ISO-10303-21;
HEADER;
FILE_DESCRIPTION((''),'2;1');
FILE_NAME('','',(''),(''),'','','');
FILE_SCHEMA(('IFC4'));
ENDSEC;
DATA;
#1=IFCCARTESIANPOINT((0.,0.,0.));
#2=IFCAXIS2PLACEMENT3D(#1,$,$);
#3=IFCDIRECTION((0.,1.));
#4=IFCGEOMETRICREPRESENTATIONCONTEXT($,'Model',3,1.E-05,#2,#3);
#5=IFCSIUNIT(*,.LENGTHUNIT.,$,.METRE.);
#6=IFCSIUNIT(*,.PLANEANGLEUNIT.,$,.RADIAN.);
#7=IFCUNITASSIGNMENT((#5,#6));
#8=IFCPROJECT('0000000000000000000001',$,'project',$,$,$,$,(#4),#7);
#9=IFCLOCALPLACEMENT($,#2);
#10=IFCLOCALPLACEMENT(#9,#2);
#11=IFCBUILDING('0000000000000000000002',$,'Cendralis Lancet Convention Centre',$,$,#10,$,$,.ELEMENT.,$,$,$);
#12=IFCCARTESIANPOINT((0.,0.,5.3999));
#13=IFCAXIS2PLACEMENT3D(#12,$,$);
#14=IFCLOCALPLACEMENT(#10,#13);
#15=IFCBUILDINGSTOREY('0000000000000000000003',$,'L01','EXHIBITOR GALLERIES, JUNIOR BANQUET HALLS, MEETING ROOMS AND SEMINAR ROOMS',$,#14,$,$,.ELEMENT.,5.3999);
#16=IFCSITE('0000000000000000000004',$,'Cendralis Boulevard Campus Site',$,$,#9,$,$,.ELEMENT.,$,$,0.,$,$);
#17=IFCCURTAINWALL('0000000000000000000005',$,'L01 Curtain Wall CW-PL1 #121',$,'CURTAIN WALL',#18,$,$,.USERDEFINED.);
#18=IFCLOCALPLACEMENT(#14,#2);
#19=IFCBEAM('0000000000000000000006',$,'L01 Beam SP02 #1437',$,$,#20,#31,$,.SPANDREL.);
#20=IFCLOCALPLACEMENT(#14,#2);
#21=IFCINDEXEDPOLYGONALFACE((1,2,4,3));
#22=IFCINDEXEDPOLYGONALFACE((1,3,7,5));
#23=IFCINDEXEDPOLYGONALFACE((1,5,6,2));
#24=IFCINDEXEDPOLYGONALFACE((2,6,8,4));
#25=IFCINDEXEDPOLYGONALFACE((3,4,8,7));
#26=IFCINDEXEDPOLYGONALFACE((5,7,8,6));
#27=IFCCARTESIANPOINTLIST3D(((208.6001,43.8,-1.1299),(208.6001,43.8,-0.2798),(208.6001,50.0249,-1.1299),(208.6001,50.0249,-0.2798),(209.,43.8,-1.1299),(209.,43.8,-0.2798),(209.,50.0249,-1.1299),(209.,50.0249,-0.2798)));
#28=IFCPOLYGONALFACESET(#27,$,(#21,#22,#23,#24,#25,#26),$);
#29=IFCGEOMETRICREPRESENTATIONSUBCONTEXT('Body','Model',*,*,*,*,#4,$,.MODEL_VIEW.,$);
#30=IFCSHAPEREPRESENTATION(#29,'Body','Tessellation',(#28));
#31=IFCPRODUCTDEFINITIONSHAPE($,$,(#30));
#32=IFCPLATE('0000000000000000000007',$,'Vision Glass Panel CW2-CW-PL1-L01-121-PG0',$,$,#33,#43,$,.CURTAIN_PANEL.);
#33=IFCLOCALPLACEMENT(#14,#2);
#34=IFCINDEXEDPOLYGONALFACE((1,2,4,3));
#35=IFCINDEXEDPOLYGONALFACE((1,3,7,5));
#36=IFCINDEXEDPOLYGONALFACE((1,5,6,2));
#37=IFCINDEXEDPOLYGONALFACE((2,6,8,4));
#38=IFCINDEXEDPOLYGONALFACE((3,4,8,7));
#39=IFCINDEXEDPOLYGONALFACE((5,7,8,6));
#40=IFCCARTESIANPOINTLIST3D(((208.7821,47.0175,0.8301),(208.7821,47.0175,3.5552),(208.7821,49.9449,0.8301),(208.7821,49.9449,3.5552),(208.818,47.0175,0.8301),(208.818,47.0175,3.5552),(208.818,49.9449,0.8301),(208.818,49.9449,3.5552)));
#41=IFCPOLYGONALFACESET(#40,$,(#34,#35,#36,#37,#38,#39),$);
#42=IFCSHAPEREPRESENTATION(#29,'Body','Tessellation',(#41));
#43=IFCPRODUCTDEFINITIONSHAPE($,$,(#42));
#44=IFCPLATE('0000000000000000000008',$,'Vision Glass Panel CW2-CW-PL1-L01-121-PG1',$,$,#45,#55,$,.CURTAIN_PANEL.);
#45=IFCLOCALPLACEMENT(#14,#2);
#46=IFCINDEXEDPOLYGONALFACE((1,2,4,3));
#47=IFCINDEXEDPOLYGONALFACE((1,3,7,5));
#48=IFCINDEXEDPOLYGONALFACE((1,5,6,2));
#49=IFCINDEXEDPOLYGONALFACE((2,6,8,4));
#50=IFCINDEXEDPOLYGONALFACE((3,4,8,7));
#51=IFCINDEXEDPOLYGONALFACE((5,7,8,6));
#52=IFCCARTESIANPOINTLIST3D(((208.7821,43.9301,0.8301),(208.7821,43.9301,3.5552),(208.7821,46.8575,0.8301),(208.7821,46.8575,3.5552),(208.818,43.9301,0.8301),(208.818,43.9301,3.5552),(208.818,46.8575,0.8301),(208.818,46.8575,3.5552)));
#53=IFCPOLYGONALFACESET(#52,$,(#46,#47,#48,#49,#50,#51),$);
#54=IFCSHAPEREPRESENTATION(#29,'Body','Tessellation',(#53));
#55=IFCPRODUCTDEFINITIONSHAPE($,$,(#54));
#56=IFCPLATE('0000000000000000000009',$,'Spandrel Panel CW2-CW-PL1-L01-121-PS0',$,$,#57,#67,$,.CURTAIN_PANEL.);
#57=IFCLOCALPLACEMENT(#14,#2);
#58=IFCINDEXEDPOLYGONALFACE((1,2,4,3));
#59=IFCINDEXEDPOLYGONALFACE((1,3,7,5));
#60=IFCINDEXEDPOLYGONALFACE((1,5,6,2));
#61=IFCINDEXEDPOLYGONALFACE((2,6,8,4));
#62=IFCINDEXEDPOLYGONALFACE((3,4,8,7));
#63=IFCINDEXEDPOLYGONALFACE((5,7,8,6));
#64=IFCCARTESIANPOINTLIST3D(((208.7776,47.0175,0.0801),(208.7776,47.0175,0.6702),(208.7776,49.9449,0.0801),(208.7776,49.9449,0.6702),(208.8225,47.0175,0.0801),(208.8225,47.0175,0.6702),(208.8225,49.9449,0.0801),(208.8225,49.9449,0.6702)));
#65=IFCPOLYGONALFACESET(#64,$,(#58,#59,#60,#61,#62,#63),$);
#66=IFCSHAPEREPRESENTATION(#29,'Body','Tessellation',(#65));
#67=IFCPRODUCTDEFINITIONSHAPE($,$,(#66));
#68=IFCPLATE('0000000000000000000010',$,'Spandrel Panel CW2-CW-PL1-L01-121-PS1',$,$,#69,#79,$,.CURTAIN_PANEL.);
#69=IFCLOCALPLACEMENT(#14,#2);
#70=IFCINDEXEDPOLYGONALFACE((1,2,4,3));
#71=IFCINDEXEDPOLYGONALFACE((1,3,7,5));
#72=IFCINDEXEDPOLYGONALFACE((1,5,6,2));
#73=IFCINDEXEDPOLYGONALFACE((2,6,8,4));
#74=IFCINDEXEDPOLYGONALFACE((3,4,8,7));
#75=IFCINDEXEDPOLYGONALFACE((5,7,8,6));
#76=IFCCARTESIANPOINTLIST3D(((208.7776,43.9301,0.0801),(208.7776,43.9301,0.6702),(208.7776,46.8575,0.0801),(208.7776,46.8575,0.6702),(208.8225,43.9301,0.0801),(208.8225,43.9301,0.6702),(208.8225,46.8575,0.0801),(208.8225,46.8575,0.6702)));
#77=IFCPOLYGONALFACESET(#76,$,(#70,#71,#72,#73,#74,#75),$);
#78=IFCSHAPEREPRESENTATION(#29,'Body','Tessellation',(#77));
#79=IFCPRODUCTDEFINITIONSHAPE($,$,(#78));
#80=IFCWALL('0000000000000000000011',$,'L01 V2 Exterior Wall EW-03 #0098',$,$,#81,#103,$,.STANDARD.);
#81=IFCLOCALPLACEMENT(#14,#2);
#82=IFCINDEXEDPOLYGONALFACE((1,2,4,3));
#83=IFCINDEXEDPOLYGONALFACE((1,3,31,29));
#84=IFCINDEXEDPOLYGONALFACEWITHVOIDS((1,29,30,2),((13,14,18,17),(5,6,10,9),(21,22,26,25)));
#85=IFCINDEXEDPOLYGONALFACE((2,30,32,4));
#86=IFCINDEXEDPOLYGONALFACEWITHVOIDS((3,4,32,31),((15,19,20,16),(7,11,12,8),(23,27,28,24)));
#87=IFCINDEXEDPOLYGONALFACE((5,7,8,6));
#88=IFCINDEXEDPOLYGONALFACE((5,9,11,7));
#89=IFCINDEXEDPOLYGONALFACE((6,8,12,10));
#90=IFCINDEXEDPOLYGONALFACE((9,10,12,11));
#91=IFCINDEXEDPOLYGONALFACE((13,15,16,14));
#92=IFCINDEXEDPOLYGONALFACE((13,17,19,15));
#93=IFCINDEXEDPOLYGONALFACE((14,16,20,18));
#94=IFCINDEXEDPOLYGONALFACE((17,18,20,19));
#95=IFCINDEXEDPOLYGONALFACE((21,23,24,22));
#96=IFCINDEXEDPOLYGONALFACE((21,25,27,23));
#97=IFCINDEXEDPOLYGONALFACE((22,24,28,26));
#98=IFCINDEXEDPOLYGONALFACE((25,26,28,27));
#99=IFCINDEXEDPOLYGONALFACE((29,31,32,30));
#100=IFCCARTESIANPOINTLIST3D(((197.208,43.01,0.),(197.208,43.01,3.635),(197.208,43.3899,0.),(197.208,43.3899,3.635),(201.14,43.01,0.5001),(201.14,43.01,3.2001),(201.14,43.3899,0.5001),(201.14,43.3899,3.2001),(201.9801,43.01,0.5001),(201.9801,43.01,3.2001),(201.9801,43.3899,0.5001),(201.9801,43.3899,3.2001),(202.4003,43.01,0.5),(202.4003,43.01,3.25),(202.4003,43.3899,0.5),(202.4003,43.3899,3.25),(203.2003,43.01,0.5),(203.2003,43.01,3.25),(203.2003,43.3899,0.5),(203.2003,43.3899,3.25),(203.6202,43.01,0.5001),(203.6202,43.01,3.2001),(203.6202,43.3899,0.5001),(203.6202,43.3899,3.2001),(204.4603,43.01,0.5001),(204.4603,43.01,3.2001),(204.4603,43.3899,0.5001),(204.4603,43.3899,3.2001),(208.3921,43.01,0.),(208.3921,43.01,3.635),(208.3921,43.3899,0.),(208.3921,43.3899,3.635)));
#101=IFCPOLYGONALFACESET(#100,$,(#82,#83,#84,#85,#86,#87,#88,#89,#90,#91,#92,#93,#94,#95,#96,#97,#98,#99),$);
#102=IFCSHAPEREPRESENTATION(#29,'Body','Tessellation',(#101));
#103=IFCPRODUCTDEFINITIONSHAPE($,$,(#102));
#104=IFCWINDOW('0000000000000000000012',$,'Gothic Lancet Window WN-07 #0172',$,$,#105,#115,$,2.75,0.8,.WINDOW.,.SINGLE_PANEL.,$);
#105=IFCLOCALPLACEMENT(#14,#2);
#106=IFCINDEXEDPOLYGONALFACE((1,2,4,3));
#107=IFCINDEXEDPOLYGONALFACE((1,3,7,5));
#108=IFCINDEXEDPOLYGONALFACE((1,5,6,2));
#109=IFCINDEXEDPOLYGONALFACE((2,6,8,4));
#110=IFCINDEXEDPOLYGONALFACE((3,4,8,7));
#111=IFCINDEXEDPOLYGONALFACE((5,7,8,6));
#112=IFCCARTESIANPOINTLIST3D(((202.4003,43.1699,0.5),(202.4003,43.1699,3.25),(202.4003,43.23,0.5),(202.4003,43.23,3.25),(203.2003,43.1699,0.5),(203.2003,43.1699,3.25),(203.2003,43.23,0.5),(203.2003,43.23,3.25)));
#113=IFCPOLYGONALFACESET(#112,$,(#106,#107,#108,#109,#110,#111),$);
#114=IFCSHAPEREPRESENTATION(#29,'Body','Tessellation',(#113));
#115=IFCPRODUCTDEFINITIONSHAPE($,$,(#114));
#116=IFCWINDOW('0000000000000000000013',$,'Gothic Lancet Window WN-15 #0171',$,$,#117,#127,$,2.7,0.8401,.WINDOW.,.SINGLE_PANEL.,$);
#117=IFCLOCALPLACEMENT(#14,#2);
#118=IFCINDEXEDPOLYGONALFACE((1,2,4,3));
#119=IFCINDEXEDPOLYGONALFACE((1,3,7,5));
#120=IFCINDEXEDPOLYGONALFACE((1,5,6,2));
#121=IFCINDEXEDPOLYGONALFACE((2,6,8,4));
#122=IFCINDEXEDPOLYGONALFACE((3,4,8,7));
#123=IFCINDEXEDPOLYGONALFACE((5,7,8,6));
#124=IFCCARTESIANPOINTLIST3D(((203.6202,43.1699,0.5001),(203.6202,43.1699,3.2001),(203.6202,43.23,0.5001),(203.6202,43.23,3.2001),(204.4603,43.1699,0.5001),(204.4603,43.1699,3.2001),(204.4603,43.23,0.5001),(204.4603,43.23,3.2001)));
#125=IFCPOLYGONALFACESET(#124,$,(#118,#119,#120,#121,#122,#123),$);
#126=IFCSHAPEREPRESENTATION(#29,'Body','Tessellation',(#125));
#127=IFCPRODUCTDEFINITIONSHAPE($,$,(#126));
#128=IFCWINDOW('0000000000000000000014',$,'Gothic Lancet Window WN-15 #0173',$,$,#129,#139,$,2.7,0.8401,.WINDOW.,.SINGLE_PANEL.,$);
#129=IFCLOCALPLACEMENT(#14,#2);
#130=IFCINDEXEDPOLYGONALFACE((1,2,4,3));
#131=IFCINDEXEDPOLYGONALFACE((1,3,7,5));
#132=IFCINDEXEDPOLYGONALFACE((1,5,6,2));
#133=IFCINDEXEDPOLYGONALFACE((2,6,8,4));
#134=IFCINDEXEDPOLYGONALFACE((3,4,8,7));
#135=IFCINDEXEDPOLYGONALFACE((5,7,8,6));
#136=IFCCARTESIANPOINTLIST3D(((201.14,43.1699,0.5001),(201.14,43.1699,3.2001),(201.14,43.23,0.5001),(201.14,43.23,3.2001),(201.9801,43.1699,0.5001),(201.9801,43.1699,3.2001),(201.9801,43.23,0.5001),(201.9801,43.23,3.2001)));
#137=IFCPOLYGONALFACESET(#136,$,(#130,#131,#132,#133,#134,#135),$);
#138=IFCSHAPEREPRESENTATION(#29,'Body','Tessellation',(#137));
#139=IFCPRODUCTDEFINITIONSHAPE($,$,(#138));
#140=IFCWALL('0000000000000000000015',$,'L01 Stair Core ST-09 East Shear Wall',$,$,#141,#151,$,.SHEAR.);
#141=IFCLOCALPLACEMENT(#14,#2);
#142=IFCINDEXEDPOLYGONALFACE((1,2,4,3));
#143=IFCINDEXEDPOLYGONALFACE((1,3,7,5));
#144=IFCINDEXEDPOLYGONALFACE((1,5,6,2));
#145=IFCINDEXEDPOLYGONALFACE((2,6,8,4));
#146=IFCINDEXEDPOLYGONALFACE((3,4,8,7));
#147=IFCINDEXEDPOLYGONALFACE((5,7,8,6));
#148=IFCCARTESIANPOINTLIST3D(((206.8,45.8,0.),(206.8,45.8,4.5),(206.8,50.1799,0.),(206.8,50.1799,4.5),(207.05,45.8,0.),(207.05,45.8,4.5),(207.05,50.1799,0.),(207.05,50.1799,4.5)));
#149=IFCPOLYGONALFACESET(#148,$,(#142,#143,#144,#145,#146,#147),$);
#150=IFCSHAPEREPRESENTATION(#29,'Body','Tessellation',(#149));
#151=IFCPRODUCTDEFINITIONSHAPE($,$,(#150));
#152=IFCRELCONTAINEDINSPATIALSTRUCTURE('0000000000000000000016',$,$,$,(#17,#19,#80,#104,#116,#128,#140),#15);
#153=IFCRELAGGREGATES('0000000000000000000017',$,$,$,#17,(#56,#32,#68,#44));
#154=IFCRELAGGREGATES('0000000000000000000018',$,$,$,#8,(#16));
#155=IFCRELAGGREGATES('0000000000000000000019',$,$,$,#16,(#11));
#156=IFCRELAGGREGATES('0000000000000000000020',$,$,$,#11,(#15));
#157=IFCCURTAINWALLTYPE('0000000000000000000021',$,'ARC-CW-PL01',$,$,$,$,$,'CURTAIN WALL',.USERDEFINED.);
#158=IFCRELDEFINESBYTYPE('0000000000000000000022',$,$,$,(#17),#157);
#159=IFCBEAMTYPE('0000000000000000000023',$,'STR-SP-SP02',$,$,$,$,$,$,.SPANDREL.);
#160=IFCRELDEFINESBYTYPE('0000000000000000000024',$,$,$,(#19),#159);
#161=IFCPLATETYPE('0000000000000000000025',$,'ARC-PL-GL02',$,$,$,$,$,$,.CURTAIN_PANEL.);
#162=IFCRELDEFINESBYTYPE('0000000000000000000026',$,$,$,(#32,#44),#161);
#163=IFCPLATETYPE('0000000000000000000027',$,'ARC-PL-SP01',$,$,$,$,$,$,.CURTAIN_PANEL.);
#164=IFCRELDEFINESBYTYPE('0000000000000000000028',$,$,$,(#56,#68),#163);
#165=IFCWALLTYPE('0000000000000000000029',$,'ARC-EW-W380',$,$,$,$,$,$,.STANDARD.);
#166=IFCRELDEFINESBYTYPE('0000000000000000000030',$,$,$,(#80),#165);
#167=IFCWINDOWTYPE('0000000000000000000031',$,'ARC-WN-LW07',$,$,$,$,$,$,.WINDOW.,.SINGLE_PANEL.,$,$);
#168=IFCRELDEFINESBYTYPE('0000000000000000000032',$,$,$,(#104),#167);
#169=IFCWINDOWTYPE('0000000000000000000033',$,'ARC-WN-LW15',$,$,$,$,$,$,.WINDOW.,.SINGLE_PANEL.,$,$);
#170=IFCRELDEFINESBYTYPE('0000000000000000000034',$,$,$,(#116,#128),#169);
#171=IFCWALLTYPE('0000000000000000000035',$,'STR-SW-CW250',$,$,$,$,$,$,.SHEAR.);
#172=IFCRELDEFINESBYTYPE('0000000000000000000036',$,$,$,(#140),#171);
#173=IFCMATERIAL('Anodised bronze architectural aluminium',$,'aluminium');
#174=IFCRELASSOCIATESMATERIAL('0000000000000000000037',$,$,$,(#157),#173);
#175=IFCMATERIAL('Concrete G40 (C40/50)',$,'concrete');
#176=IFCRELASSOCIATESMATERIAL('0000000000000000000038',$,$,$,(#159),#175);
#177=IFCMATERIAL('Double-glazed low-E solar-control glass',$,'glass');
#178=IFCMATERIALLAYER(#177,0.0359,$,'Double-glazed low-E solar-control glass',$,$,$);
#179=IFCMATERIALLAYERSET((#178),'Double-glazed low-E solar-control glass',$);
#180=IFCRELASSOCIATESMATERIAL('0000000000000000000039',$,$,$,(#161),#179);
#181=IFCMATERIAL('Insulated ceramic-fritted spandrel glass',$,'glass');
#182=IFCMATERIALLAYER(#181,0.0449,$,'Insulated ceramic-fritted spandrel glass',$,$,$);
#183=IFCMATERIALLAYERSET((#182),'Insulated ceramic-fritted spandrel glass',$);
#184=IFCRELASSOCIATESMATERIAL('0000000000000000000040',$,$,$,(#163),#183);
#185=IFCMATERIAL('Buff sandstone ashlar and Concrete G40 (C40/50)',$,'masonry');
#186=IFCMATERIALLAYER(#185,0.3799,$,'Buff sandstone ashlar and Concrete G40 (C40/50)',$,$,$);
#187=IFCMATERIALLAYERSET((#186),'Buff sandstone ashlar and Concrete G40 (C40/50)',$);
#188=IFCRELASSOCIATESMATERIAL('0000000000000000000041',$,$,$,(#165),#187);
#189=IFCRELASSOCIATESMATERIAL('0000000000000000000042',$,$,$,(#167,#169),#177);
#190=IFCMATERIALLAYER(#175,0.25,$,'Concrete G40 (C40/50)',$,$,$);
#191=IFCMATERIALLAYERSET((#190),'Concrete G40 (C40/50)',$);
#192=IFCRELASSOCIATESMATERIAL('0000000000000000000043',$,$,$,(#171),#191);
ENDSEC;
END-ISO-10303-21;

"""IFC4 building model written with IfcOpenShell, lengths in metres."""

from ifc_helpers import new_model, si_unit, direction, frame, frame_2d, origin, origin_2d, place, context, subcontext, project, spatial, rectangle, extrude, material, layer, layer_set, material_profile, profile_set, type_object, element, fill, aggregate, save


model = new_model("IFC4")

# Units and contexts
model_context = context("Model", 3, precision=1e-05, world=origin(), true_north=direction((0.0, 1.0)))
body_context = subcontext(model_context, "Body", "Model", "MODEL_VIEW")
ifc_project = project(units=[si_unit("LENGTHUNIT", "METRE"), si_unit("PLANEANGLEUNIT", "RADIAN")], contexts=[model_context])

# Site, building, storey
site_placement = place(None, origin())
site = spatial("IfcSite", under=ifc_project, at=site_placement, Name="Cendralis Boulevard Campus Site", CompositionType="ELEMENT", RefElevation=0.0)
building_placement = place(site_placement, origin())
building = spatial("IfcBuilding", under=site, at=building_placement, Name="Cendralis Lancet Convention Centre", CompositionType="ELEMENT")
storey_placement = place(building_placement, frame((0.0, 0.0, 5.3999)))
storey = spatial("IfcBuildingStorey", under=building, at=storey_placement, Name="L01", Description="EXHIBITOR GALLERIES, JUNIOR BANQUET HALLS, MEETING ROOMS AND SEMINAR ROOMS", CompositionType="ELEMENT", Elevation=5.3999)

# Shared definitions
ifc_material_1 = material(Name="Concrete G40 (C40/50)", Category="concrete")

# Curtain wall
ifc_material_2 = material(Name="Anodised bronze architectural aluminium", Category="aluminium")
curtain_wall_type = type_object("IfcCurtainWallType", Name="ARC-CW-PL01", ElementType="CURTAIN WALL", PredefinedType="USERDEFINED", material=ifc_material_2)
curtain_wall_placement = place(storey_placement, origin())
curtain_wall = element("IfcCurtainWall", 1, at=curtain_wall_placement, inside=storey, type_object=curtain_wall_type, Name="L01 Curtain Wall CW-PL1 #121", ObjectType="CURTAIN WALL", PredefinedType="USERDEFINED")

# Beam
ifc_material_profile_1 = material_profile(ifc_material_1, rectangle(XDim=0.3999, YDim=0.8501, at=origin_2d()), Name="RCB 400x850")
ifc_profile_set_1 = profile_set([ifc_material_profile_1], Name="Concrete G40 (C40/50)")
beam_type = type_object("IfcBeamType", Name="STR-SP-SP02", PredefinedType="SPANDREL", material=ifc_profile_set_1)
beam_placement = place(storey_placement, frame((208.8, 43.8, -0.7048), z_axis=(0.0, 1.0, 0.0), x_axis=(-1.0, 0.0, 0.0)))
element("IfcBeam", 2, at=beam_placement, inside=storey, type_object=beam_type, Name="L01 Beam SP02 #1437", PredefinedType="SPANDREL", context=body_context, shape_type="SweptSolid", body=[
    extrude(rectangle(XDim=0.3999, YDim=0.8501, at=origin_2d()), origin(), (0.0, 0.0, 1.0), 6.2249),
])

# Plates
ifc_material_3 = material(Name="Double-glazed low-E solar-control glass", Category="glass")
ifc_layer_1 = layer(ifc_material_3, 0.0359, Name="Double-glazed low-E solar-control glass")
ifc_layer_set_1 = layer_set([ifc_layer_1], Name="Double-glazed low-E solar-control glass")
plate_type_1 = type_object("IfcPlateType", Name="ARC-PL-GL02", PredefinedType="CURTAIN_PANEL", material=ifc_layer_set_1)
plate_1_placement = place(storey_placement, frame((208.8, 48.4812, 0.8301), z_axis=(0.0, 0.0, 1.0), x_axis=(0.0, -1.0, 0.0)))
plate_1 = element("IfcPlate", 3, at=plate_1_placement, type_object=plate_type_1, Name="Vision Glass Panel CW2-CW-PL1-L01-121-PG0", PredefinedType="CURTAIN_PANEL", context=body_context, shape_type="SweptSolid", body=[
    extrude(rectangle(XDim=2.9275, YDim=0.0359, at=origin_2d()), origin(), (0.0, 0.0, 1.0), 2.7251),
])
plate_2_placement = place(storey_placement, frame((208.8, 45.3938, 0.8301), z_axis=(0.0, 0.0, 1.0), x_axis=(0.0, -1.0, 0.0)))
plate_2 = element("IfcPlate", 4, at=plate_2_placement, type_object=plate_type_1, Name="Vision Glass Panel CW2-CW-PL1-L01-121-PG1", PredefinedType="CURTAIN_PANEL", context=body_context, shape_type="SweptSolid", body=[
    extrude(rectangle(XDim=2.9275, YDim=0.0359, at=origin_2d()), origin(), (0.0, 0.0, 1.0), 2.7251),
])
ifc_material_4 = material(Name="Insulated ceramic-fritted spandrel glass", Category="glass")
ifc_layer_2 = layer(ifc_material_4, 0.0449, Name="Insulated ceramic-fritted spandrel glass")
ifc_layer_set_2 = layer_set([ifc_layer_2], Name="Insulated ceramic-fritted spandrel glass")
plate_type_2 = type_object("IfcPlateType", Name="ARC-PL-SP01", PredefinedType="CURTAIN_PANEL", material=ifc_layer_set_2)
plate_3_placement = place(storey_placement, frame((208.8, 48.4812, 0.0801), z_axis=(0.0, 0.0, 1.0), x_axis=(0.0, -1.0, 0.0)))
plate_3 = element("IfcPlate", 5, at=plate_3_placement, type_object=plate_type_2, Name="Spandrel Panel CW2-CW-PL1-L01-121-PS0", PredefinedType="CURTAIN_PANEL", context=body_context, shape_type="SweptSolid", body=[
    extrude(rectangle(XDim=2.9275, YDim=0.0449, at=origin_2d()), origin(), (0.0, 0.0, 1.0), 0.5901),
])
plate_4_placement = place(storey_placement, frame((208.8, 45.3938, 0.0801), z_axis=(0.0, 0.0, 1.0), x_axis=(0.0, -1.0, 0.0)))
plate_4 = element("IfcPlate", 6, at=plate_4_placement, type_object=plate_type_2, Name="Spandrel Panel CW2-CW-PL1-L01-121-PS1", PredefinedType="CURTAIN_PANEL", context=body_context, shape_type="SweptSolid", body=[
    extrude(rectangle(XDim=2.9275, YDim=0.0449, at=origin_2d()), origin(), (0.0, 0.0, 1.0), 0.5901),
])
aggregate(curtain_wall, [plate_3, plate_1, plate_4, plate_2])

# Wall, openings, windows
ifc_material_5 = material(Name="Buff sandstone ashlar and Concrete G40 (C40/50)", Category="masonry")
ifc_layer_3 = layer(ifc_material_5, 0.3799, Name="Buff sandstone ashlar and Concrete G40 (C40/50)")
ifc_layer_set_3 = layer_set([ifc_layer_3], Name="Buff sandstone ashlar and Concrete G40 (C40/50)")
wall_type_1 = type_object("IfcWallType", Name="ARC-EW-W380", PredefinedType="STANDARD", material=ifc_layer_set_3)
wall_1_placement = place(storey_placement, frame((208.3921, 43.2, 0.0), z_axis=(0.0, 0.0, 1.0), x_axis=(-1.0, 0.0, 0.0)))
wall_1 = element("IfcWall", 7, at=wall_1_placement, inside=storey, type_object=wall_type_1, Name="L01 V2 Exterior Wall EW-03 #0098", PredefinedType="STANDARD", context=body_context, shape_type="SweptSolid", body=[
    extrude(rectangle(XDim=11.1841, YDim=0.3799, at=frame_2d((5.592, 0.0))), origin(), (0.0, 0.0, 1.0), 3.635),
])
opening_1_placement = place(wall_1_placement, frame((3.9319, 0.0, 0.5)))
opening_1 = element("IfcOpeningElement", 8, at=opening_1_placement, cuts=wall_1, PredefinedType="OPENING", context=body_context, shape_type="SweptSolid", body=[
    extrude(rectangle(XDim=0.8401, YDim=2.7, at=frame_2d((0.4199, 1.3501))), frame((0.0, 0.2, 0.0), z_axis=(0.0, -1.0, 0.0), x_axis=(1.0, 0.0, 0.0)), (0.0, 0.0, 1.0), 0.3999),
])
opening_2_placement = place(wall_1_placement, frame((5.1919, 0.0, 0.5)))
opening_2 = element("IfcOpeningElement", 9, at=opening_2_placement, cuts=wall_1, PredefinedType="OPENING", context=body_context, shape_type="SweptSolid", body=[
    extrude(rectangle(XDim=0.8, YDim=2.75, at=frame_2d((0.3999, 1.375))), frame((0.0, 0.2, 0.0), z_axis=(0.0, -1.0, 0.0), x_axis=(1.0, 0.0, 0.0)), (0.0, 0.0, 1.0), 0.3999),
])
opening_3_placement = place(wall_1_placement, frame((6.4121, 0.0, 0.5)))
opening_3 = element("IfcOpeningElement", 10, at=opening_3_placement, cuts=wall_1, PredefinedType="OPENING", context=body_context, shape_type="SweptSolid", body=[
    extrude(rectangle(XDim=0.8401, YDim=2.7, at=frame_2d((0.4199, 1.3501))), frame((0.0, 0.2, 0.0), z_axis=(0.0, -1.0, 0.0), x_axis=(1.0, 0.0, 0.0)), (0.0, 0.0, 1.0), 0.3999),
])
window_type_1 = type_object("IfcWindowType", Name="ARC-WN-LW07", PartitioningType="SINGLE_PANEL", PredefinedType="WINDOW", material=ifc_material_3)
window_1_placement = place(opening_2_placement, origin())
window_1 = element("IfcWindow", 11, at=window_1_placement, inside=storey, type_object=window_type_1, Name="Gothic Lancet Window WN-07 #0172", OverallHeight=2.75, OverallWidth=0.8, PartitioningType="SINGLE_PANEL", PredefinedType="WINDOW", context=body_context, shape_type="SweptSolid", body=[
    extrude(rectangle(XDim=0.8, YDim=2.75, at=frame_2d((0.3999, 1.375))), frame((0.0, 0.03, 0.0), z_axis=(0.0, -1.0, 0.0), x_axis=(1.0, 0.0, 0.0)), (0.0, 0.0, 1.0), 0.0601),
])
fill(opening_2, window_1)
window_type_2 = type_object("IfcWindowType", Name="ARC-WN-LW15", PartitioningType="SINGLE_PANEL", PredefinedType="WINDOW", material=ifc_material_3)
window_2_placement = place(opening_1_placement, origin())
window_2 = element("IfcWindow", 12, at=window_2_placement, inside=storey, type_object=window_type_2, Name="Gothic Lancet Window WN-15 #0171", OverallHeight=2.7, OverallWidth=0.8401, PartitioningType="SINGLE_PANEL", PredefinedType="WINDOW", context=body_context, shape_type="SweptSolid", body=[
    extrude(rectangle(XDim=0.8401, YDim=2.7, at=frame_2d((0.4199, 1.3501))), frame((0.0, 0.03, 0.0), z_axis=(0.0, -1.0, 0.0), x_axis=(1.0, 0.0, 0.0)), (0.0, 0.0, 1.0), 0.0601),
])
fill(opening_1, window_2)
window_3_placement = place(opening_3_placement, origin())
window_3 = element("IfcWindow", 13, at=window_3_placement, inside=storey, type_object=window_type_2, Name="Gothic Lancet Window WN-15 #0173", OverallHeight=2.7, OverallWidth=0.8401, PartitioningType="SINGLE_PANEL", PredefinedType="WINDOW", context=body_context, shape_type="SweptSolid", body=[
    extrude(rectangle(XDim=0.8401, YDim=2.7, at=frame_2d((0.4199, 1.3501))), frame((0.0, 0.03, 0.0), z_axis=(0.0, -1.0, 0.0), x_axis=(1.0, 0.0, 0.0)), (0.0, 0.0, 1.0), 0.0601),
])
fill(opening_3, window_3)

# Wall
ifc_layer_4 = layer(ifc_material_1, 0.25, Name="Concrete G40 (C40/50)")
ifc_layer_set_4 = layer_set([ifc_layer_4], Name="Concrete G40 (C40/50)")
wall_type_2 = type_object("IfcWallType", Name="STR-SW-CW250", PredefinedType="SHEAR", material=ifc_layer_set_4)
wall_2_placement = place(storey_placement, frame((206.925, 45.8, 0.0), z_axis=(0.0, 0.0, 1.0), x_axis=(0.0, 1.0, 0.0)))
element("IfcWall", 14, at=wall_2_placement, inside=storey, type_object=wall_type_2, Name="L01 Stair Core ST-09 East Shear Wall", PredefinedType="SHEAR", context=body_context, shape_type="SweptSolid", body=[
    extrude(rectangle(XDim=4.3799, YDim=0.25, at=frame_2d((2.1899, 0.0))), origin(), (0.0, 0.0, 1.0), 4.5),
])

save(model, "model.ifc")
